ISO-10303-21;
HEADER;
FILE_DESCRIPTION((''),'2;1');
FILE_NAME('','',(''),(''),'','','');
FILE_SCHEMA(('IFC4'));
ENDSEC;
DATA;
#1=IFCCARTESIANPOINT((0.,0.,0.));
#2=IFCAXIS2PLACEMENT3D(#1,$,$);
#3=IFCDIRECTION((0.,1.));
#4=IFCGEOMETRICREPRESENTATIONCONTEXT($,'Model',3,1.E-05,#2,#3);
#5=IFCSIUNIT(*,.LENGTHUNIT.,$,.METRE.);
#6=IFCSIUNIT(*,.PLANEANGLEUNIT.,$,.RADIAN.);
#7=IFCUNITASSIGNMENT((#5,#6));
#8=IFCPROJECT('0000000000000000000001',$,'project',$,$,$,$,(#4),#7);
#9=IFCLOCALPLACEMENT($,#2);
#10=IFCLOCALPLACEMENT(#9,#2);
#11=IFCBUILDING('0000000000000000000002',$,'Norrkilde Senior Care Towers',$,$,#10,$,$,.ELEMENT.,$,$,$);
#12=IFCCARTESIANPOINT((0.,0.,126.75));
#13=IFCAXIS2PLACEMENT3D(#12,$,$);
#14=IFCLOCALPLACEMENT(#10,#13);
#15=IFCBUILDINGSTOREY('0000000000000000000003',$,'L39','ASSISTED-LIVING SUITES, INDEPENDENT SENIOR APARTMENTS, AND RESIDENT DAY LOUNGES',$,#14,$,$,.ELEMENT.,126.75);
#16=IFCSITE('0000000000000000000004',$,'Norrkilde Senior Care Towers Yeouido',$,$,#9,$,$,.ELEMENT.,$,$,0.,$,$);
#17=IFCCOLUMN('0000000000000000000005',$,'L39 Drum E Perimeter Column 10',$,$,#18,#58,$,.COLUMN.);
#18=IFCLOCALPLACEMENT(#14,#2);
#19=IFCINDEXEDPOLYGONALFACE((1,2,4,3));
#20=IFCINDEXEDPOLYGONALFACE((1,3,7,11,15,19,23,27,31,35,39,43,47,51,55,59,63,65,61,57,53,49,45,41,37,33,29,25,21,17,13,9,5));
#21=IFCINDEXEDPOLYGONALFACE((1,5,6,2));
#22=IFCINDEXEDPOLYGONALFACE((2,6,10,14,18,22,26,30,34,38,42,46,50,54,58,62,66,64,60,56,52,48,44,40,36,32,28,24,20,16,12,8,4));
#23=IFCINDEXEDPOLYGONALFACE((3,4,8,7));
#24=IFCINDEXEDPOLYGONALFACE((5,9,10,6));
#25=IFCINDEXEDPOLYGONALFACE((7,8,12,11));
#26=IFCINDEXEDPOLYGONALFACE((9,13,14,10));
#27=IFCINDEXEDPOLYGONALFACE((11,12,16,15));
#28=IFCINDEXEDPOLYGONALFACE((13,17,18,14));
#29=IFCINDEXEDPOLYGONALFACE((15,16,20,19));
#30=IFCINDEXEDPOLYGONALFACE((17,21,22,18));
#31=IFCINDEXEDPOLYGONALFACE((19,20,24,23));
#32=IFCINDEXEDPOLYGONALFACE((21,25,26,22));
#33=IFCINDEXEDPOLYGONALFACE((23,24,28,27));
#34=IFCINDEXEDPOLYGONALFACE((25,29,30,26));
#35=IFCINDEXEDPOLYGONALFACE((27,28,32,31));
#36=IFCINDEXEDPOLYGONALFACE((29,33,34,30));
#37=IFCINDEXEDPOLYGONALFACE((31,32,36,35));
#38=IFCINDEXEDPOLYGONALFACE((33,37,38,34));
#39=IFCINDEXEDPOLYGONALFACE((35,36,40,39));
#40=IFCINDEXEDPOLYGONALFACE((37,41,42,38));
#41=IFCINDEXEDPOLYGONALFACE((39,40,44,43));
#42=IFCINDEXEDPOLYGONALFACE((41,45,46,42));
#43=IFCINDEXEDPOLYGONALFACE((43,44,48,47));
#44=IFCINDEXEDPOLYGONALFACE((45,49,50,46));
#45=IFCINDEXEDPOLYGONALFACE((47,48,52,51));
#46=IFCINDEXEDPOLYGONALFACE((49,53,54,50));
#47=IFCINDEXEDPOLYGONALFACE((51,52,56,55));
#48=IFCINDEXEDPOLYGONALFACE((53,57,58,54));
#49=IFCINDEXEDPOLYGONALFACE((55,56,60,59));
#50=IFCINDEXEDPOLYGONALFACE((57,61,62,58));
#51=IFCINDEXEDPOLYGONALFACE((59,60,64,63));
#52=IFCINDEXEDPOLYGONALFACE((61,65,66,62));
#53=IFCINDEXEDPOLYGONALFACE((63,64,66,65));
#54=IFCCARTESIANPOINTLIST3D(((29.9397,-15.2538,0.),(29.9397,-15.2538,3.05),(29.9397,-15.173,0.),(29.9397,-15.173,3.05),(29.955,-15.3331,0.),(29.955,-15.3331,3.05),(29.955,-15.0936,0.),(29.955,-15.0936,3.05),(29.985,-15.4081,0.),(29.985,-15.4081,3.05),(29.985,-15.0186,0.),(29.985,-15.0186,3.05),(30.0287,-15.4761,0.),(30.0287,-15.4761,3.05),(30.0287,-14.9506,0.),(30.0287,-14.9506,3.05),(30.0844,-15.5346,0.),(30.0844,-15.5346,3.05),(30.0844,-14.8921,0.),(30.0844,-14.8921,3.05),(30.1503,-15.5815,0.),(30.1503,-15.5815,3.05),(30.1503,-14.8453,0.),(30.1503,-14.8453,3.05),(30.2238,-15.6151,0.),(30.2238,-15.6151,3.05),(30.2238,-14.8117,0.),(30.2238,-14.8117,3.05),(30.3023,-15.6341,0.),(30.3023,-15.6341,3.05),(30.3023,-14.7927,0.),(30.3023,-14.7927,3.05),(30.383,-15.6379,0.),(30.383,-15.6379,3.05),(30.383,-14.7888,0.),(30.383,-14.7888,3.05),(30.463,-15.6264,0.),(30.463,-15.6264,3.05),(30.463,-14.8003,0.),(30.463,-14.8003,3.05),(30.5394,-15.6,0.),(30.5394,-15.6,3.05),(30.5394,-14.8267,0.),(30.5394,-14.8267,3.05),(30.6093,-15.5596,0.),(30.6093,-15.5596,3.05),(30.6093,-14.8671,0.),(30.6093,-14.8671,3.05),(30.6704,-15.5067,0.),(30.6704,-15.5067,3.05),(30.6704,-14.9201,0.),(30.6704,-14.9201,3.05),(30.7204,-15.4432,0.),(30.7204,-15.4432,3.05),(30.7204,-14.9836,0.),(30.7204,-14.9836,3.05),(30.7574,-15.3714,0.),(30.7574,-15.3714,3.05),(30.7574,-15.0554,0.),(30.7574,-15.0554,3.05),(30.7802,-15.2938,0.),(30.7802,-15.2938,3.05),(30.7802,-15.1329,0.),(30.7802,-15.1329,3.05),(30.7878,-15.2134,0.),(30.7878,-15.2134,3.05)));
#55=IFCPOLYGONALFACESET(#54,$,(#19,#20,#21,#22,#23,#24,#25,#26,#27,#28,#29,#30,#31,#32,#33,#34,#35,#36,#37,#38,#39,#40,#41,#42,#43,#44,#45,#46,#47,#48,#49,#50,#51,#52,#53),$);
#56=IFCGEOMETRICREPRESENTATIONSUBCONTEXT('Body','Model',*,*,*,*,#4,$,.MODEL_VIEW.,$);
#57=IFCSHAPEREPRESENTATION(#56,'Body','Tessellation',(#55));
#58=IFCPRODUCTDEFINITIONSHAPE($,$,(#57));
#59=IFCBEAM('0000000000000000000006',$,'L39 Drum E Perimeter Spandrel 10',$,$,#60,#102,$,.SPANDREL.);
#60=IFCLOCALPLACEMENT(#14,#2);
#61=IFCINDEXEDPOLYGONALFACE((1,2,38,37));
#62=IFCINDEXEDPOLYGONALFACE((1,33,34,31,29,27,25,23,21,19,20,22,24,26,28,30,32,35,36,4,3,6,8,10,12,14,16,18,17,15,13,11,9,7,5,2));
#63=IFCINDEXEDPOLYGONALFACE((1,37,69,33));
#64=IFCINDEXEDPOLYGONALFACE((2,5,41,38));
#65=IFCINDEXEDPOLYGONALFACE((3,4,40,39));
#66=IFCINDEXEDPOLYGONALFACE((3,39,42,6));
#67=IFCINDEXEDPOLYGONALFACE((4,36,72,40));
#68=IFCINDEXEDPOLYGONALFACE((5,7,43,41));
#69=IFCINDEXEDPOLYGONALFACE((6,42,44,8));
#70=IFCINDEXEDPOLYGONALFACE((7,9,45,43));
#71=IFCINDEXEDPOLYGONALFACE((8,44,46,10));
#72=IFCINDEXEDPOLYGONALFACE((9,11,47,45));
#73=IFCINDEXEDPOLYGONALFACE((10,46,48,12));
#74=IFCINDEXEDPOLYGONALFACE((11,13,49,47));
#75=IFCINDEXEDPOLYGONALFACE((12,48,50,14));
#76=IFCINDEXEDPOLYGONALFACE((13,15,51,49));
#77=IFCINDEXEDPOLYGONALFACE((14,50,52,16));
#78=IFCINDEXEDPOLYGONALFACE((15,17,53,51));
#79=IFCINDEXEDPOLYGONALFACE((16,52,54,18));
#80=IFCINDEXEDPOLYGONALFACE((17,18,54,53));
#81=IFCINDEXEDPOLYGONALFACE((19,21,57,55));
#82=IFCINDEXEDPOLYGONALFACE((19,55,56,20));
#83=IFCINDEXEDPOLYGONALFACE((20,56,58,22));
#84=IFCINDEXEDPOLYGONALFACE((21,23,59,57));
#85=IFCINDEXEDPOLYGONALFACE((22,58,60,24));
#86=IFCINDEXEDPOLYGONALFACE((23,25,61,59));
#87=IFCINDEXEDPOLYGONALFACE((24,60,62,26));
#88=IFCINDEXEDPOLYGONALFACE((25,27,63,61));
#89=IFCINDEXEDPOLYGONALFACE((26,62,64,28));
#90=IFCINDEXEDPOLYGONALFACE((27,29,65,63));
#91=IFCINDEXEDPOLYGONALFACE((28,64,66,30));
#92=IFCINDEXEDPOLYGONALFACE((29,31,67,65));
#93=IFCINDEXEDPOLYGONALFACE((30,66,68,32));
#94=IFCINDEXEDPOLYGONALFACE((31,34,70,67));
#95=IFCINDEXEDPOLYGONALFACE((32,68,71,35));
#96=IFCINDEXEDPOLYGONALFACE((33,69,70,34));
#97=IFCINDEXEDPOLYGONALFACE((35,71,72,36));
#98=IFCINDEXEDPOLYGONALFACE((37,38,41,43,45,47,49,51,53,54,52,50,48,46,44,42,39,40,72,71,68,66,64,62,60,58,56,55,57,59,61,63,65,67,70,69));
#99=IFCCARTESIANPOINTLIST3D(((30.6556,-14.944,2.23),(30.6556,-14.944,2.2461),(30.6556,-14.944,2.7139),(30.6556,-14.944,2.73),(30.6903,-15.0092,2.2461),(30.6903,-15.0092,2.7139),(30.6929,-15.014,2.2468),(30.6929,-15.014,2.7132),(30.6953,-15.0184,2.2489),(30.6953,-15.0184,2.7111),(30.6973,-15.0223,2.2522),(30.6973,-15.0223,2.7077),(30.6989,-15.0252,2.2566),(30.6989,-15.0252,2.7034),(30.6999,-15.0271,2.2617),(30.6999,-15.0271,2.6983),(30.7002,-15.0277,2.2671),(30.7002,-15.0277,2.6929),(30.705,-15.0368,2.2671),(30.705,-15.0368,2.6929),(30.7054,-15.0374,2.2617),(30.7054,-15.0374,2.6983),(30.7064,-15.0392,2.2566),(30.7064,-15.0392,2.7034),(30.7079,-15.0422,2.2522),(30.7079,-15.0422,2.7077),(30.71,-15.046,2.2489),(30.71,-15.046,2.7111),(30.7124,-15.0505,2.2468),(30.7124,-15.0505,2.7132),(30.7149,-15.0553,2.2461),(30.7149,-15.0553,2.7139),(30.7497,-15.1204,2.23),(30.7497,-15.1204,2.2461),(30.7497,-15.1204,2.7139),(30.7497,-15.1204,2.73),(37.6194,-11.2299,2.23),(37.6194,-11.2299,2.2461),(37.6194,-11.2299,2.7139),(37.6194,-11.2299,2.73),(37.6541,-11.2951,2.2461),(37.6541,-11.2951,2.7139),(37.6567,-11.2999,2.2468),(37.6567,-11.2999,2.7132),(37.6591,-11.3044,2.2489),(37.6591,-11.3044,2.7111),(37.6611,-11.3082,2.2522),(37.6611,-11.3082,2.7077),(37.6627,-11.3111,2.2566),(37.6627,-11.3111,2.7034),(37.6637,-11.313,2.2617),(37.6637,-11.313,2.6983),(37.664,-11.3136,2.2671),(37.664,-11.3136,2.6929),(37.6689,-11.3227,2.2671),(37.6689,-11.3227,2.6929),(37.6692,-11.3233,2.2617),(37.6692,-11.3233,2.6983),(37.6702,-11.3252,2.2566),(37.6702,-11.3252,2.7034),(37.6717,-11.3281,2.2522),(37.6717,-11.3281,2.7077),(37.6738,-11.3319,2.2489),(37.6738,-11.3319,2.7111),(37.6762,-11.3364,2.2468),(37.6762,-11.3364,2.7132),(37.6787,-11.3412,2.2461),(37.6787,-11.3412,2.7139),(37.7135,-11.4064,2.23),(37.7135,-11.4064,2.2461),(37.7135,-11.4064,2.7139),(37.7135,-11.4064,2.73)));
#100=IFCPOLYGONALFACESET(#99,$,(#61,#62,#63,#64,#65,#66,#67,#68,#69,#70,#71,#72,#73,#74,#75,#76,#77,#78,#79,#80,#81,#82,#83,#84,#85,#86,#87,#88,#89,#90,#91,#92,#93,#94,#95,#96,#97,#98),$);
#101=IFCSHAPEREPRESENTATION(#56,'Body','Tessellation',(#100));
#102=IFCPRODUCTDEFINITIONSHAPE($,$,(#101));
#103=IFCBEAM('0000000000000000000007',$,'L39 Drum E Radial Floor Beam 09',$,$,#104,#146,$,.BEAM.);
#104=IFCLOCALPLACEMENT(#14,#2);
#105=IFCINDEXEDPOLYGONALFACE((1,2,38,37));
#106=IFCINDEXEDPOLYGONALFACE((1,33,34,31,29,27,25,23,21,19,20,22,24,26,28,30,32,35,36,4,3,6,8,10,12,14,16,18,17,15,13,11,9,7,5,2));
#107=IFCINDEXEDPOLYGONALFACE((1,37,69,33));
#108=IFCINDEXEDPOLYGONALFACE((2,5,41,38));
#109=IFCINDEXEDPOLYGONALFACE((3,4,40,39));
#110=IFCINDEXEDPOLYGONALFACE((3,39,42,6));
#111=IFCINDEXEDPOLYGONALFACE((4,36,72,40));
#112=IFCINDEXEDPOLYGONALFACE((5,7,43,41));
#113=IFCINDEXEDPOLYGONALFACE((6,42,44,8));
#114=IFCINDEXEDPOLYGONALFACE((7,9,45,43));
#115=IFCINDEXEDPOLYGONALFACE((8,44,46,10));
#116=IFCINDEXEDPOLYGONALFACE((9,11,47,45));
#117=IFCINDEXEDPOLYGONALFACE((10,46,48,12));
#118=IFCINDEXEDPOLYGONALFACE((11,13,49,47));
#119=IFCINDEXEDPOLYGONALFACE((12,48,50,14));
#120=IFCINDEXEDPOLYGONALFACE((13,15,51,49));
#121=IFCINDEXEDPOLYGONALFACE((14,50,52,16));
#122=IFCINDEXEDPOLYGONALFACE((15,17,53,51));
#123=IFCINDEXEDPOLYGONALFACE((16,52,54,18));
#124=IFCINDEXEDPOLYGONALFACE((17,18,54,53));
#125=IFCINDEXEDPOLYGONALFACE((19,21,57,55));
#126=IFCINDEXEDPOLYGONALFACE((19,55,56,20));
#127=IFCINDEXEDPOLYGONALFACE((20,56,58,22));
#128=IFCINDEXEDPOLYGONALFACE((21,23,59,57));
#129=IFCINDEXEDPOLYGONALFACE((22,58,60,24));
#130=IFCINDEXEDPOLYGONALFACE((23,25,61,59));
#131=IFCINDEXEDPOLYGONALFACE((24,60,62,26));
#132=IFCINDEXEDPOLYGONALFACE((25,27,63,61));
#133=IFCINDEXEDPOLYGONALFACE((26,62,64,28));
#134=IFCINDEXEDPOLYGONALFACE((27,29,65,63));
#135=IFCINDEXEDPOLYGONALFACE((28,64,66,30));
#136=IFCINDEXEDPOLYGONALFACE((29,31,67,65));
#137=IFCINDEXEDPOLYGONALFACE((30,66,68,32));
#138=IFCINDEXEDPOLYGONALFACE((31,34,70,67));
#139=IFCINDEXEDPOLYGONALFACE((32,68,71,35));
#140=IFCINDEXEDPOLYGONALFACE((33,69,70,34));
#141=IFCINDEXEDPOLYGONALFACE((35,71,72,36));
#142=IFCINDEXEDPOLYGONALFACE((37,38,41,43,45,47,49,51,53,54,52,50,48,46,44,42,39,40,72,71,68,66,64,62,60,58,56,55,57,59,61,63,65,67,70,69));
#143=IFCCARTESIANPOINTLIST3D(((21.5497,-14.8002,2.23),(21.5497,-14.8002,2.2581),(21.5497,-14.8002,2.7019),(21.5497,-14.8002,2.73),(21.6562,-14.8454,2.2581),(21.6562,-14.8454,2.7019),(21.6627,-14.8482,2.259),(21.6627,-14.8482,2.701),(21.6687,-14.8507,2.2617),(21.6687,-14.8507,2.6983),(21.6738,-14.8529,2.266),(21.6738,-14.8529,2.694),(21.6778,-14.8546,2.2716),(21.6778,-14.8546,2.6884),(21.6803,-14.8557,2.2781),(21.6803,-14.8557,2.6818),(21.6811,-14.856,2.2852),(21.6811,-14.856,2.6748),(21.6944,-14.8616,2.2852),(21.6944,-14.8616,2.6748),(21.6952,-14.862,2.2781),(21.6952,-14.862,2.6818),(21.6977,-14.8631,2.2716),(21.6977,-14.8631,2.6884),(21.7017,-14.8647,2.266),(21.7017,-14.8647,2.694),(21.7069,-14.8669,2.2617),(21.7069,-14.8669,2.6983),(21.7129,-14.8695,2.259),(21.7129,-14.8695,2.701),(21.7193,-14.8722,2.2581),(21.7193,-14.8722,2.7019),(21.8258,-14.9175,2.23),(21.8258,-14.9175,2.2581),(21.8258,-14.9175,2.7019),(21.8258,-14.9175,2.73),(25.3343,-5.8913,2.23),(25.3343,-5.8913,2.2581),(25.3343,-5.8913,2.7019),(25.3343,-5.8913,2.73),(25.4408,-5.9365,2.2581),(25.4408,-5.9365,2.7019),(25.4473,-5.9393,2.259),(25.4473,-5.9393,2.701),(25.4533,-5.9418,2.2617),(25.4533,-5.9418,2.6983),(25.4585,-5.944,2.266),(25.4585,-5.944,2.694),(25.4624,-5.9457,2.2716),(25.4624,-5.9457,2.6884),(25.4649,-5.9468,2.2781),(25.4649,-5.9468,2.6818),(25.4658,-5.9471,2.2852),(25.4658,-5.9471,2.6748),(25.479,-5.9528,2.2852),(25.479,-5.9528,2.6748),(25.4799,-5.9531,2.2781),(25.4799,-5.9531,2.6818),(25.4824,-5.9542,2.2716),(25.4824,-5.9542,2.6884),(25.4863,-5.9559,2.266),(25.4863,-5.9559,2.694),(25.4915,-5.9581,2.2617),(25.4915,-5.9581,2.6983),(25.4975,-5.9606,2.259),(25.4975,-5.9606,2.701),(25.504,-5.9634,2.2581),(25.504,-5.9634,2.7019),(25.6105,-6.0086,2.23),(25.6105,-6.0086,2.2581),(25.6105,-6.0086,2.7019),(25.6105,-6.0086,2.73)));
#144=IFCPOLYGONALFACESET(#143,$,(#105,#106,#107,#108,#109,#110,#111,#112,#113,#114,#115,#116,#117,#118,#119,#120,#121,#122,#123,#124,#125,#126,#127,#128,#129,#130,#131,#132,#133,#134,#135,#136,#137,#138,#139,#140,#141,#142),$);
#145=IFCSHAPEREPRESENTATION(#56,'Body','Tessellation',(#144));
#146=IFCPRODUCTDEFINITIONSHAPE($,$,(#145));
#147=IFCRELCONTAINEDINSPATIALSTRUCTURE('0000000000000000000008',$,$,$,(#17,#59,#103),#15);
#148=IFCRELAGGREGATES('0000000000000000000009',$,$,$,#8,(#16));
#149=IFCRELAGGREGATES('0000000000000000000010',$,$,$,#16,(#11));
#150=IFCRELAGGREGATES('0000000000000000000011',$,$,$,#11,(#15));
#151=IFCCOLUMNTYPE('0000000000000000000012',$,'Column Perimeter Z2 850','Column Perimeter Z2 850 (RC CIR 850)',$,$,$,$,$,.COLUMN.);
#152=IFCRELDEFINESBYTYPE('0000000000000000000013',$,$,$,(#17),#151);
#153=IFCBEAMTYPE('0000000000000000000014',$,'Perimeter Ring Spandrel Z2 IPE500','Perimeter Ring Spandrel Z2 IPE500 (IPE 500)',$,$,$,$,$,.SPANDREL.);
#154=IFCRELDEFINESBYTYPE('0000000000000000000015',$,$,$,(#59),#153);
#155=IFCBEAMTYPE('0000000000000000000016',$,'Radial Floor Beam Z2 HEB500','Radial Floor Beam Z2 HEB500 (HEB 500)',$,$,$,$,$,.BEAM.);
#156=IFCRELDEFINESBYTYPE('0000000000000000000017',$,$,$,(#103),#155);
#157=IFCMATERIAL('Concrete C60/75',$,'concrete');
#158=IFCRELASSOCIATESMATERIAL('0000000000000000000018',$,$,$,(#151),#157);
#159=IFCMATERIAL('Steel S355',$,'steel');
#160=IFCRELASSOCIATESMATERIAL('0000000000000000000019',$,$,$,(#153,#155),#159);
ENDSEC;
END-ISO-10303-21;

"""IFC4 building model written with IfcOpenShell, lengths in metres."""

from ifc_helpers import new_model, si_unit, direction, frame, origin, origin_2d, place, context, subcontext, project, spatial, circle, i_section, extrude, source, transform, mapped, material, material_profile, profile_set, type_object, type_shapes, element, save


model = new_model("IFC4")

# Units and contexts
model_context = context("Model", 3, precision=1e-05, world=origin(), true_north=direction((0.0, 1.0)))
body_context = subcontext(model_context, "Body", "Model", "MODEL_VIEW")
ifc_project = project(units=[si_unit("LENGTHUNIT", "METRE"), si_unit("PLANEANGLEUNIT", "RADIAN")], contexts=[model_context])

# Site, building, storey
site_placement = place(None, origin())
site = spatial("IfcSite", under=ifc_project, at=site_placement, Name="Norrkilde Senior Care Towers Yeouido", CompositionType="ELEMENT", RefElevation=0.0)
building_placement = place(site_placement, origin())
building = spatial("IfcBuilding", under=site, at=building_placement, Name="Norrkilde Senior Care Towers", CompositionType="ELEMENT")
storey_placement = place(building_placement, frame((0.0, 0.0, 126.75)))
storey = spatial("IfcBuildingStorey", under=building, at=storey_placement, Name="L39", Description="ASSISTED-LIVING SUITES, INDEPENDENT SENIOR APARTMENTS, AND RESIDENT DAY LOUNGES", CompositionType="ELEMENT", Elevation=126.75)

# Column
ifc_material_1 = material(Name="Concrete C60/75", Category="concrete")
ifc_material_profile_1 = material_profile(ifc_material_1, circle(Radius=0.425, at=origin_2d()), Name="RC CIR 850")
ifc_profile_set_1 = profile_set([ifc_material_profile_1], Name="Concrete C60/75")
column_type = type_object("IfcColumnType", Name="Column Perimeter Z2 850", Description="Column Perimeter Z2 850 (RC CIR 850)", PredefinedType="COLUMN", material=ifc_profile_set_1)
shared_shape_1 = source(origin(), body_context, "Body", "SweptSolid", [
    extrude(circle(Radius=0.425, at=origin_2d()), origin(), (0.0, 0.0, 1.0), 3.05),
])
type_shapes(column_type, [shared_shape_1])
column_placement = place(storey_placement, frame((30.3628, -15.2134, 0.0), z_axis=(0.0, 0.0, 1.0), x_axis=(1.0, 0.0, 0.0)))
element("IfcColumn", 1, at=column_placement, inside=storey, type_object=column_type, Name="L39 Drum E Perimeter Column 10", PredefinedType="COLUMN", context=body_context, shape_type="MappedRepresentation", body=[
    mapped(shared_shape_1, transform((0.0, 0.0, 0.0), x_axis=(1.0, 0.0, 0.0), y_axis=(0.0, 1.0, 0.0), z_axis=(0.0, 0.0, 1.0), scale=1.0)),
])

# Beams
ifc_material_2 = material(Name="Steel S355", Category="steel")
ifc_material_profile_2 = material_profile(ifc_material_2, i_section(OverallWidth=0.2, OverallDepth=0.5, WebThickness=0.0103, FlangeThickness=0.0161, FilletRadius=0.021, at=origin_2d()), Name="IPE 500")
ifc_profile_set_2 = profile_set([ifc_material_profile_2], Name="Steel S355")
beam_type_1 = type_object("IfcBeamType", Name="Perimeter Ring Spandrel Z2 IPE500", Description="Perimeter Ring Spandrel Z2 IPE500 (IPE 500)", PredefinedType="SPANDREL", material=ifc_profile_set_2)
shared_shape_2 = source(origin(), body_context, "Body", "SweptSolid", [
    extrude(i_section(OverallWidth=0.2, OverallDepth=0.5, WebThickness=0.0103, FlangeThickness=0.0161, FilletRadius=0.021, at=origin_2d()), origin(), (0.0, 0.0, 1.0), 7.8923),
])
type_shapes(beam_type_1, [shared_shape_2])
beam_1_placement = place(storey_placement, frame((30.7026, -15.0322, 2.48), z_axis=(0.88235, 0.470593, 0.0), x_axis=(-0.470593, 0.88235, 0.0)))
element("IfcBeam", 2, at=beam_1_placement, inside=storey, type_object=beam_type_1, Name="L39 Drum E Perimeter Spandrel 10", PredefinedType="SPANDREL", context=body_context, shape_type="MappedRepresentation", body=[
    mapped(shared_shape_2, transform((0.0, 0.0, 0.0), x_axis=(1.0, 0.0, 0.0), y_axis=(0.0, 1.0, 0.0), z_axis=(0.0, 0.0, 1.0), scale=1.0)),
])
ifc_material_profile_3 = material_profile(ifc_material_2, i_section(OverallWidth=0.3, OverallDepth=0.5, WebThickness=0.0144, FlangeThickness=0.0281, FilletRadius=0.0271, at=origin_2d()), Name="HEB 500")
ifc_profile_set_3 = profile_set([ifc_material_profile_3], Name="Steel S355")
beam_type_2 = type_object("IfcBeamType", Name="Radial Floor Beam Z2 HEB500", Description="Radial Floor Beam Z2 HEB500 (HEB 500)", PredefinedType="BEAM", material=ifc_profile_set_3)
shared_shape_3 = source(origin(), body_context, "Body", "SweptSolid", [
    extrude(i_section(OverallWidth=0.3, OverallDepth=0.5, WebThickness=0.0144, FlangeThickness=0.0281, FilletRadius=0.0271, at=origin_2d()), origin(), (0.0, 0.0, 1.0), 9.6794),
])
beam_2_placement = place(storey_placement, frame((25.4724, -5.95, 2.48), z_axis=(-0.390998, -0.920392, 0.0), x_axis=(0.920392, -0.390998, 0.0)))
element("IfcBeam", 3, at=beam_2_placement, inside=storey, type_object=beam_type_2, Name="L39 Drum E Radial Floor Beam 09", PredefinedType="BEAM", context=body_context, shape_type="MappedRepresentation", body=[
    mapped(shared_shape_3, transform((0.0, 0.0, 0.0), x_axis=(1.0, 0.0, 0.0), y_axis=(0.0, 1.0, 0.0), z_axis=(0.0, 0.0, 1.0), scale=1.0)),
])

save(model, "model.ifc")
